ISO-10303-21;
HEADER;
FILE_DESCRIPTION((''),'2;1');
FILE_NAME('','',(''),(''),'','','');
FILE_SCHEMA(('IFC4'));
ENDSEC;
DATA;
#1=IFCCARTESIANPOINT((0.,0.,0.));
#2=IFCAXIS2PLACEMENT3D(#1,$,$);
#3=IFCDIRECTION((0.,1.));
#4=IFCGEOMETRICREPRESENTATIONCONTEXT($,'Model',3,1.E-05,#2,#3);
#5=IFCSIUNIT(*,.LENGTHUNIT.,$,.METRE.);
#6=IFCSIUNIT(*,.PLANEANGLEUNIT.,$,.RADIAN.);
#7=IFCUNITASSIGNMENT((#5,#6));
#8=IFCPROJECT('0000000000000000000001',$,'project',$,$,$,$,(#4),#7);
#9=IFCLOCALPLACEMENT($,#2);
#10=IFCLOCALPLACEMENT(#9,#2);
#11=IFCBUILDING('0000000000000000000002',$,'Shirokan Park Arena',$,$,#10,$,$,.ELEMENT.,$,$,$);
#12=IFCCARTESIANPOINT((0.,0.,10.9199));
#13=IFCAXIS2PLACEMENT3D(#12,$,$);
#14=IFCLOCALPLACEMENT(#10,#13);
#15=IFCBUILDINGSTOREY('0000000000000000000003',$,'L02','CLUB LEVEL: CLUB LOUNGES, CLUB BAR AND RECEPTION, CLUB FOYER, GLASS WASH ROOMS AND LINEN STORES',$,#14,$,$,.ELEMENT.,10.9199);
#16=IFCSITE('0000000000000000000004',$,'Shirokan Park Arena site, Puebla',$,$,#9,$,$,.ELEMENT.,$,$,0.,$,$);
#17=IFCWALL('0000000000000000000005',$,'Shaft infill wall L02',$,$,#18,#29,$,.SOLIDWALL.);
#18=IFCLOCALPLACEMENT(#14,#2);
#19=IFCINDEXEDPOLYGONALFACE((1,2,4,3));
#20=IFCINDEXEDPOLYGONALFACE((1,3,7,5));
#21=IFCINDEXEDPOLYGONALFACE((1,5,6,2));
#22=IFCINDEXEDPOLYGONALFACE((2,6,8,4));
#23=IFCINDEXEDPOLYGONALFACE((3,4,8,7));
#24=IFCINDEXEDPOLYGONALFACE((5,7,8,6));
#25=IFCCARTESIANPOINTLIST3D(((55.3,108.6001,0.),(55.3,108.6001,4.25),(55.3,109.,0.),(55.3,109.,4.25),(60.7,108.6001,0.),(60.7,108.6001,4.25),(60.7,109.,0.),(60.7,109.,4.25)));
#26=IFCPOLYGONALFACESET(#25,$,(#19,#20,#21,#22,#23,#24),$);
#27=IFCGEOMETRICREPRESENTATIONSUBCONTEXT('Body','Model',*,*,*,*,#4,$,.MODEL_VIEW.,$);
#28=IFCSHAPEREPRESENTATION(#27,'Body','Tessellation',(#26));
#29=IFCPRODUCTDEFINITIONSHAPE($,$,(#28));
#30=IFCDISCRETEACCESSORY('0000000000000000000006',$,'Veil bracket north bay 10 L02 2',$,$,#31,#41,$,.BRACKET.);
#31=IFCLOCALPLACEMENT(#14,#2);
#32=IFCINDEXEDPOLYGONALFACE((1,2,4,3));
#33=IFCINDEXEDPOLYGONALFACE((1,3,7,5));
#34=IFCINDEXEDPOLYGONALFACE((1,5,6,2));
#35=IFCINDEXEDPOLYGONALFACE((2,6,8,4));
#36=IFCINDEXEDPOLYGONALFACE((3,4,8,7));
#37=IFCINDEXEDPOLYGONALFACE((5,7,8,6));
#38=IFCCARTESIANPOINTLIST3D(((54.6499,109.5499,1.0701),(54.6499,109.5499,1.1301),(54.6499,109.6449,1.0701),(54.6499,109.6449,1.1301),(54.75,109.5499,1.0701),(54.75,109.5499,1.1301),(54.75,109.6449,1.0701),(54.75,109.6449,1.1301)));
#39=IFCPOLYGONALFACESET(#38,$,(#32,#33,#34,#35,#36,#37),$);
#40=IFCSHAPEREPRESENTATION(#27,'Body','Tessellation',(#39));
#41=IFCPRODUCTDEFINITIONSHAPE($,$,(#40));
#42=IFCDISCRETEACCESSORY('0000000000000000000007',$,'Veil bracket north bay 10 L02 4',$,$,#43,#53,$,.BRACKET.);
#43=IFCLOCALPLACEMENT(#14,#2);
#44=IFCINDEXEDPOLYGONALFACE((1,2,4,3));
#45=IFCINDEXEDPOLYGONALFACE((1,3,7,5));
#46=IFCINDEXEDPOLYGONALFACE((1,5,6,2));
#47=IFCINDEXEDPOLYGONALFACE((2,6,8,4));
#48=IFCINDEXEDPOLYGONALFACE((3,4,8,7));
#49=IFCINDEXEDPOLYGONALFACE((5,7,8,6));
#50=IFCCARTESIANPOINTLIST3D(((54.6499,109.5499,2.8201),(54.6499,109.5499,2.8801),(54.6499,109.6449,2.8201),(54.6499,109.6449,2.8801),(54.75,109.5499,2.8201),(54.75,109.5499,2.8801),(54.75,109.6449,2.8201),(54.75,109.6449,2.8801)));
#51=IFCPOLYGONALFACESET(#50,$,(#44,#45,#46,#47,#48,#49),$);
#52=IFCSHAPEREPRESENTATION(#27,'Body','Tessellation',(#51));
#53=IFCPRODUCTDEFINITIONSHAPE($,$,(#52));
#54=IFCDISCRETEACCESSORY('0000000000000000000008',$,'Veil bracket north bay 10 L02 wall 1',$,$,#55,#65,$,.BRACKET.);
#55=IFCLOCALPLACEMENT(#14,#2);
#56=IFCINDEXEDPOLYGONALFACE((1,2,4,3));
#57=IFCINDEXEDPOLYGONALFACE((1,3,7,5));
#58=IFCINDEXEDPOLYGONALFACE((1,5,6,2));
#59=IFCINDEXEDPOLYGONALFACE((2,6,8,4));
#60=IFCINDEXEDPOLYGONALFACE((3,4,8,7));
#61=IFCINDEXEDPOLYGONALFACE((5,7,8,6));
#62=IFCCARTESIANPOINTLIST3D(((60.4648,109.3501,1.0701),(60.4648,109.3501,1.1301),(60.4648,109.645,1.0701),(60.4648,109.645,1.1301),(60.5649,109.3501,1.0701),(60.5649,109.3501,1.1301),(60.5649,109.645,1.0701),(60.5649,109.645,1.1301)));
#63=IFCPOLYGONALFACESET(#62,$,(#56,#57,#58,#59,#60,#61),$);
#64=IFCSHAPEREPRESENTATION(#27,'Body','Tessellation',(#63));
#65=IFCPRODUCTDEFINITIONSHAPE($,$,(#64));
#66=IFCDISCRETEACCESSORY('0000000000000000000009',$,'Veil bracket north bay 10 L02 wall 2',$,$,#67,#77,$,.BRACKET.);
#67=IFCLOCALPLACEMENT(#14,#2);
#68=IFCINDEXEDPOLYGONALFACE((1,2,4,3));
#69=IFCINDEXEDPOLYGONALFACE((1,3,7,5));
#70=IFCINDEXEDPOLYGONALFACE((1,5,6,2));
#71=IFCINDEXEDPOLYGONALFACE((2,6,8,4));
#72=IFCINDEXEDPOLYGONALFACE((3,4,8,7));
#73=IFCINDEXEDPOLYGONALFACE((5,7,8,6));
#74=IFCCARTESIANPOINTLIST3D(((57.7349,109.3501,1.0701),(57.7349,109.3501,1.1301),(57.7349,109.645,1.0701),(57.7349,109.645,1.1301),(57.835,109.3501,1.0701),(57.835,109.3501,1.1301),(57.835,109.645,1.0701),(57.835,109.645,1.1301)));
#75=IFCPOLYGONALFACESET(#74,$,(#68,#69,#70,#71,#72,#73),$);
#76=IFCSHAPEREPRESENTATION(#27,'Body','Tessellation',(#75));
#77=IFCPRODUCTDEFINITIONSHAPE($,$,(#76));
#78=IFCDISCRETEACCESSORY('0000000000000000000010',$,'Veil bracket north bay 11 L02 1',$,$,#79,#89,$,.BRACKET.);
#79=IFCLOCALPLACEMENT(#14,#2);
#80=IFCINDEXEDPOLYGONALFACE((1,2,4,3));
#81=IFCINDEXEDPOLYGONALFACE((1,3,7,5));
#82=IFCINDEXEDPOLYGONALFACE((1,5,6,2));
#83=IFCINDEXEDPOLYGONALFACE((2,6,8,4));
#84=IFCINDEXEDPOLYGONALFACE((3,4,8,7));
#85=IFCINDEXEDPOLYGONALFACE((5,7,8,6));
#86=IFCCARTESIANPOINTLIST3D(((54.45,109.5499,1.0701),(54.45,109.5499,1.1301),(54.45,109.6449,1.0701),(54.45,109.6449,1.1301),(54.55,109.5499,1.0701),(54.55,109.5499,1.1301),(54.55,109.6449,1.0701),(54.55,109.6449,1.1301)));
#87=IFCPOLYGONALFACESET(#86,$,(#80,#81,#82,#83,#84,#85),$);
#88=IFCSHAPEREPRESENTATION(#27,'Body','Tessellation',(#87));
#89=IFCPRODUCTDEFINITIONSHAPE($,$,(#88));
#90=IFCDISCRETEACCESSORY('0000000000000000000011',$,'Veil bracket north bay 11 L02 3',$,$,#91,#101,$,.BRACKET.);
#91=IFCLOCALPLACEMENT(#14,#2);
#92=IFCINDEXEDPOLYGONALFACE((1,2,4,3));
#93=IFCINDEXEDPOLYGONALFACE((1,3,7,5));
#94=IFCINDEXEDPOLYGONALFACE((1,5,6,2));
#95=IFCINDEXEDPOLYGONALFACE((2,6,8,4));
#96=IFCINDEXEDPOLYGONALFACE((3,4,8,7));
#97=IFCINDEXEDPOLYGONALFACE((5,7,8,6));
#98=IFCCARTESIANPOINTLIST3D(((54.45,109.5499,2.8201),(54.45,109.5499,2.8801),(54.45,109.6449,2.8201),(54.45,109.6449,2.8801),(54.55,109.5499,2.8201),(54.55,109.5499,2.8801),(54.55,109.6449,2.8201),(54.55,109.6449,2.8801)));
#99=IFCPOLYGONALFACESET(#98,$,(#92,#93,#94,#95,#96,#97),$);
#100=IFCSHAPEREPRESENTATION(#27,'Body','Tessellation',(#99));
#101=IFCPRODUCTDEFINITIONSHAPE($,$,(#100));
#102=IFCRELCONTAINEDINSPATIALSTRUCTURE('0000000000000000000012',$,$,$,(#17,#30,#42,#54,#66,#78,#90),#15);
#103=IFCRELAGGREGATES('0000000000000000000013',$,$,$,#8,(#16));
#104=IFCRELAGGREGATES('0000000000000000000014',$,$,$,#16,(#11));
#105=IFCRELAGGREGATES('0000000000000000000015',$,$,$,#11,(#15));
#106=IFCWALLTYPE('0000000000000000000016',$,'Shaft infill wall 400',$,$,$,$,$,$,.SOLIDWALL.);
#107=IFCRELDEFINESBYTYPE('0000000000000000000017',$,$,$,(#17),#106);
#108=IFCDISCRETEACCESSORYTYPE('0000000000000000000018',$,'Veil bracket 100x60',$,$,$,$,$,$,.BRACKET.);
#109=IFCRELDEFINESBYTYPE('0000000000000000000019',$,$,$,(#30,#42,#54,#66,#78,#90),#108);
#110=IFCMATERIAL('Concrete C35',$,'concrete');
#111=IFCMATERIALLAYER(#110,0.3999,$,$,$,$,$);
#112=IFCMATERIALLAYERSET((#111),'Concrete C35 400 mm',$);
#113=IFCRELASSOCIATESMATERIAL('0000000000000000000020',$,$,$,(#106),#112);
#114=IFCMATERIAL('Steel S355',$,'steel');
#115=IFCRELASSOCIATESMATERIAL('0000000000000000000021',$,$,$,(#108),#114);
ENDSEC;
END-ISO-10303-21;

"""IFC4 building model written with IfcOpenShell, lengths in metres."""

from ifc_helpers import new_model, si_unit, direction, frame, frame_2d, origin, origin_2d, place, context, subcontext, project, spatial, rectangle, extrude, material, layer, layer_set, type_object, element, save


model = new_model("IFC4")

# Units and contexts
model_context = context("Model", 3, precision=1e-05, world=origin(), true_north=direction((0.0, 1.0)))
body_context = subcontext(model_context, "Body", "Model", "MODEL_VIEW")
ifc_project = project(units=[si_unit("LENGTHUNIT", "METRE"), si_unit("PLANEANGLEUNIT", "RADIAN")], contexts=[model_context])

# Site, building, storey
site_placement = place(None, origin())
site = spatial("IfcSite", under=ifc_project, at=site_placement, Name="Shirokan Park Arena site, Puebla", CompositionType="ELEMENT", RefElevation=0.0)
building_placement = place(site_placement, origin())
building = spatial("IfcBuilding", under=site, at=building_placement, Name="Shirokan Park Arena", CompositionType="ELEMENT")
storey_placement = place(building_placement, frame((0.0, 0.0, 10.9199)))
storey = spatial("IfcBuildingStorey", under=building, at=storey_placement, Name="L02", Description="CLUB LEVEL: CLUB LOUNGES, CLUB BAR AND RECEPTION, CLUB FOYER, GLASS WASH ROOMS AND LINEN STORES", CompositionType="ELEMENT", Elevation=10.9199)

# Shared definitions
ifc_material_1 = material(Name="Concrete C35", Category="concrete")

# Shared definitions
ifc_material_2 = material(Name="Steel S355", Category="steel")

# Wall
ifc_layer_1 = layer(ifc_material_1, 0.3999)
ifc_layer_set_1 = layer_set([ifc_layer_1], Name="Concrete C35 400 mm")
wall_type_1 = type_object("IfcWallType", Name="Shaft infill wall 400", PredefinedType="SOLIDWALL", material=ifc_layer_set_1)
wall_1_placement = place(storey_placement, frame((55.3, 108.8, 0.0), z_axis=(0.0, 0.0, 1.0), x_axis=(1.0, 0.0, 0.0)))
element("IfcWall", 1, at=wall_1_placement, inside=storey, type_object=wall_type_1, Name="Shaft infill wall L02", PredefinedType="SOLIDWALL", context=body_context, shape_type="SweptSolid", body=[
    extrude(rectangle(XDim=5.3999, YDim=0.3999, at=frame_2d((2.7, 0.0))), origin(), (0.0, 0.0, 1.0), 4.25),
])

# Discrete accessories
discrete_accessory_type = type_object("IfcDiscreteAccessoryType", Name="Veil bracket 100x60", PredefinedType="BRACKET", material=ifc_material_2)
for number, where, z_axis, x_axis, name in (
    (2, (54.7, 109.5974, 1.0701), (0.0, 0.0, 1.0), (-1.0, 0.0, 0.0), "Veil bracket north bay 10 L02 2"),
    (3, (54.7, 109.5974, 2.8201), (0.0, 0.0, 1.0), (-1.0, 0.0, 0.0), "Veil bracket north bay 10 L02 4"),
):
    element("IfcDiscreteAccessory", number, at=place(storey_placement, frame(where, z_axis=z_axis, x_axis=x_axis)), inside=storey, type_object=discrete_accessory_type, Name=name, PredefinedType="BRACKET", context=body_context, shape_type="SweptSolid", body=[
        extrude(rectangle(XDim=0.1001, YDim=0.095, at=origin_2d()), origin(), (0.0, 0.0, 1.0), 0.0601),
    ])
for number, where, z_axis, x_axis, name in (
    (4, (60.5149, 109.4976, 1.0701), (0.0, 0.0, 1.0), (-1.0, 0.0, 0.0), "Veil bracket north bay 10 L02 wall 1"),
    (5, (57.7849, 109.4976, 1.0701), (0.0, 0.0, 1.0), (-1.0, 0.0, 0.0), "Veil bracket north bay 10 L02 wall 2"),
):
    element("IfcDiscreteAccessory", number, at=place(storey_placement, frame(where, z_axis=z_axis, x_axis=x_axis)), inside=storey, type_object=discrete_accessory_type, Name=name, PredefinedType="BRACKET", context=body_context, shape_type="SweptSolid", body=[
        extrude(rectangle(XDim=0.1001, YDim=0.2949, at=origin_2d()), origin(), (0.0, 0.0, 1.0), 0.0601),
    ])
for number, where, z_axis, x_axis, name in (
    (6, (54.5, 109.5974, 1.0701), (0.0, 0.0, 1.0), (-1.0, 0.0, 0.0), "Veil bracket north bay 11 L02 1"),
    (7, (54.5, 109.5974, 2.8201), (0.0, 0.0, 1.0), (-1.0, 0.0, 0.0), "Veil bracket north bay 11 L02 3"),
):
    element("IfcDiscreteAccessory", number, at=place(storey_placement, frame(where, z_axis=z_axis, x_axis=x_axis)), inside=storey, type_object=discrete_accessory_type, Name=name, PredefinedType="BRACKET", context=body_context, shape_type="SweptSolid", body=[
        extrude(rectangle(XDim=0.1001, YDim=0.095, at=origin_2d()), origin(), (0.0, 0.0, 1.0), 0.0601),
    ])

save(model, "model.ifc")
